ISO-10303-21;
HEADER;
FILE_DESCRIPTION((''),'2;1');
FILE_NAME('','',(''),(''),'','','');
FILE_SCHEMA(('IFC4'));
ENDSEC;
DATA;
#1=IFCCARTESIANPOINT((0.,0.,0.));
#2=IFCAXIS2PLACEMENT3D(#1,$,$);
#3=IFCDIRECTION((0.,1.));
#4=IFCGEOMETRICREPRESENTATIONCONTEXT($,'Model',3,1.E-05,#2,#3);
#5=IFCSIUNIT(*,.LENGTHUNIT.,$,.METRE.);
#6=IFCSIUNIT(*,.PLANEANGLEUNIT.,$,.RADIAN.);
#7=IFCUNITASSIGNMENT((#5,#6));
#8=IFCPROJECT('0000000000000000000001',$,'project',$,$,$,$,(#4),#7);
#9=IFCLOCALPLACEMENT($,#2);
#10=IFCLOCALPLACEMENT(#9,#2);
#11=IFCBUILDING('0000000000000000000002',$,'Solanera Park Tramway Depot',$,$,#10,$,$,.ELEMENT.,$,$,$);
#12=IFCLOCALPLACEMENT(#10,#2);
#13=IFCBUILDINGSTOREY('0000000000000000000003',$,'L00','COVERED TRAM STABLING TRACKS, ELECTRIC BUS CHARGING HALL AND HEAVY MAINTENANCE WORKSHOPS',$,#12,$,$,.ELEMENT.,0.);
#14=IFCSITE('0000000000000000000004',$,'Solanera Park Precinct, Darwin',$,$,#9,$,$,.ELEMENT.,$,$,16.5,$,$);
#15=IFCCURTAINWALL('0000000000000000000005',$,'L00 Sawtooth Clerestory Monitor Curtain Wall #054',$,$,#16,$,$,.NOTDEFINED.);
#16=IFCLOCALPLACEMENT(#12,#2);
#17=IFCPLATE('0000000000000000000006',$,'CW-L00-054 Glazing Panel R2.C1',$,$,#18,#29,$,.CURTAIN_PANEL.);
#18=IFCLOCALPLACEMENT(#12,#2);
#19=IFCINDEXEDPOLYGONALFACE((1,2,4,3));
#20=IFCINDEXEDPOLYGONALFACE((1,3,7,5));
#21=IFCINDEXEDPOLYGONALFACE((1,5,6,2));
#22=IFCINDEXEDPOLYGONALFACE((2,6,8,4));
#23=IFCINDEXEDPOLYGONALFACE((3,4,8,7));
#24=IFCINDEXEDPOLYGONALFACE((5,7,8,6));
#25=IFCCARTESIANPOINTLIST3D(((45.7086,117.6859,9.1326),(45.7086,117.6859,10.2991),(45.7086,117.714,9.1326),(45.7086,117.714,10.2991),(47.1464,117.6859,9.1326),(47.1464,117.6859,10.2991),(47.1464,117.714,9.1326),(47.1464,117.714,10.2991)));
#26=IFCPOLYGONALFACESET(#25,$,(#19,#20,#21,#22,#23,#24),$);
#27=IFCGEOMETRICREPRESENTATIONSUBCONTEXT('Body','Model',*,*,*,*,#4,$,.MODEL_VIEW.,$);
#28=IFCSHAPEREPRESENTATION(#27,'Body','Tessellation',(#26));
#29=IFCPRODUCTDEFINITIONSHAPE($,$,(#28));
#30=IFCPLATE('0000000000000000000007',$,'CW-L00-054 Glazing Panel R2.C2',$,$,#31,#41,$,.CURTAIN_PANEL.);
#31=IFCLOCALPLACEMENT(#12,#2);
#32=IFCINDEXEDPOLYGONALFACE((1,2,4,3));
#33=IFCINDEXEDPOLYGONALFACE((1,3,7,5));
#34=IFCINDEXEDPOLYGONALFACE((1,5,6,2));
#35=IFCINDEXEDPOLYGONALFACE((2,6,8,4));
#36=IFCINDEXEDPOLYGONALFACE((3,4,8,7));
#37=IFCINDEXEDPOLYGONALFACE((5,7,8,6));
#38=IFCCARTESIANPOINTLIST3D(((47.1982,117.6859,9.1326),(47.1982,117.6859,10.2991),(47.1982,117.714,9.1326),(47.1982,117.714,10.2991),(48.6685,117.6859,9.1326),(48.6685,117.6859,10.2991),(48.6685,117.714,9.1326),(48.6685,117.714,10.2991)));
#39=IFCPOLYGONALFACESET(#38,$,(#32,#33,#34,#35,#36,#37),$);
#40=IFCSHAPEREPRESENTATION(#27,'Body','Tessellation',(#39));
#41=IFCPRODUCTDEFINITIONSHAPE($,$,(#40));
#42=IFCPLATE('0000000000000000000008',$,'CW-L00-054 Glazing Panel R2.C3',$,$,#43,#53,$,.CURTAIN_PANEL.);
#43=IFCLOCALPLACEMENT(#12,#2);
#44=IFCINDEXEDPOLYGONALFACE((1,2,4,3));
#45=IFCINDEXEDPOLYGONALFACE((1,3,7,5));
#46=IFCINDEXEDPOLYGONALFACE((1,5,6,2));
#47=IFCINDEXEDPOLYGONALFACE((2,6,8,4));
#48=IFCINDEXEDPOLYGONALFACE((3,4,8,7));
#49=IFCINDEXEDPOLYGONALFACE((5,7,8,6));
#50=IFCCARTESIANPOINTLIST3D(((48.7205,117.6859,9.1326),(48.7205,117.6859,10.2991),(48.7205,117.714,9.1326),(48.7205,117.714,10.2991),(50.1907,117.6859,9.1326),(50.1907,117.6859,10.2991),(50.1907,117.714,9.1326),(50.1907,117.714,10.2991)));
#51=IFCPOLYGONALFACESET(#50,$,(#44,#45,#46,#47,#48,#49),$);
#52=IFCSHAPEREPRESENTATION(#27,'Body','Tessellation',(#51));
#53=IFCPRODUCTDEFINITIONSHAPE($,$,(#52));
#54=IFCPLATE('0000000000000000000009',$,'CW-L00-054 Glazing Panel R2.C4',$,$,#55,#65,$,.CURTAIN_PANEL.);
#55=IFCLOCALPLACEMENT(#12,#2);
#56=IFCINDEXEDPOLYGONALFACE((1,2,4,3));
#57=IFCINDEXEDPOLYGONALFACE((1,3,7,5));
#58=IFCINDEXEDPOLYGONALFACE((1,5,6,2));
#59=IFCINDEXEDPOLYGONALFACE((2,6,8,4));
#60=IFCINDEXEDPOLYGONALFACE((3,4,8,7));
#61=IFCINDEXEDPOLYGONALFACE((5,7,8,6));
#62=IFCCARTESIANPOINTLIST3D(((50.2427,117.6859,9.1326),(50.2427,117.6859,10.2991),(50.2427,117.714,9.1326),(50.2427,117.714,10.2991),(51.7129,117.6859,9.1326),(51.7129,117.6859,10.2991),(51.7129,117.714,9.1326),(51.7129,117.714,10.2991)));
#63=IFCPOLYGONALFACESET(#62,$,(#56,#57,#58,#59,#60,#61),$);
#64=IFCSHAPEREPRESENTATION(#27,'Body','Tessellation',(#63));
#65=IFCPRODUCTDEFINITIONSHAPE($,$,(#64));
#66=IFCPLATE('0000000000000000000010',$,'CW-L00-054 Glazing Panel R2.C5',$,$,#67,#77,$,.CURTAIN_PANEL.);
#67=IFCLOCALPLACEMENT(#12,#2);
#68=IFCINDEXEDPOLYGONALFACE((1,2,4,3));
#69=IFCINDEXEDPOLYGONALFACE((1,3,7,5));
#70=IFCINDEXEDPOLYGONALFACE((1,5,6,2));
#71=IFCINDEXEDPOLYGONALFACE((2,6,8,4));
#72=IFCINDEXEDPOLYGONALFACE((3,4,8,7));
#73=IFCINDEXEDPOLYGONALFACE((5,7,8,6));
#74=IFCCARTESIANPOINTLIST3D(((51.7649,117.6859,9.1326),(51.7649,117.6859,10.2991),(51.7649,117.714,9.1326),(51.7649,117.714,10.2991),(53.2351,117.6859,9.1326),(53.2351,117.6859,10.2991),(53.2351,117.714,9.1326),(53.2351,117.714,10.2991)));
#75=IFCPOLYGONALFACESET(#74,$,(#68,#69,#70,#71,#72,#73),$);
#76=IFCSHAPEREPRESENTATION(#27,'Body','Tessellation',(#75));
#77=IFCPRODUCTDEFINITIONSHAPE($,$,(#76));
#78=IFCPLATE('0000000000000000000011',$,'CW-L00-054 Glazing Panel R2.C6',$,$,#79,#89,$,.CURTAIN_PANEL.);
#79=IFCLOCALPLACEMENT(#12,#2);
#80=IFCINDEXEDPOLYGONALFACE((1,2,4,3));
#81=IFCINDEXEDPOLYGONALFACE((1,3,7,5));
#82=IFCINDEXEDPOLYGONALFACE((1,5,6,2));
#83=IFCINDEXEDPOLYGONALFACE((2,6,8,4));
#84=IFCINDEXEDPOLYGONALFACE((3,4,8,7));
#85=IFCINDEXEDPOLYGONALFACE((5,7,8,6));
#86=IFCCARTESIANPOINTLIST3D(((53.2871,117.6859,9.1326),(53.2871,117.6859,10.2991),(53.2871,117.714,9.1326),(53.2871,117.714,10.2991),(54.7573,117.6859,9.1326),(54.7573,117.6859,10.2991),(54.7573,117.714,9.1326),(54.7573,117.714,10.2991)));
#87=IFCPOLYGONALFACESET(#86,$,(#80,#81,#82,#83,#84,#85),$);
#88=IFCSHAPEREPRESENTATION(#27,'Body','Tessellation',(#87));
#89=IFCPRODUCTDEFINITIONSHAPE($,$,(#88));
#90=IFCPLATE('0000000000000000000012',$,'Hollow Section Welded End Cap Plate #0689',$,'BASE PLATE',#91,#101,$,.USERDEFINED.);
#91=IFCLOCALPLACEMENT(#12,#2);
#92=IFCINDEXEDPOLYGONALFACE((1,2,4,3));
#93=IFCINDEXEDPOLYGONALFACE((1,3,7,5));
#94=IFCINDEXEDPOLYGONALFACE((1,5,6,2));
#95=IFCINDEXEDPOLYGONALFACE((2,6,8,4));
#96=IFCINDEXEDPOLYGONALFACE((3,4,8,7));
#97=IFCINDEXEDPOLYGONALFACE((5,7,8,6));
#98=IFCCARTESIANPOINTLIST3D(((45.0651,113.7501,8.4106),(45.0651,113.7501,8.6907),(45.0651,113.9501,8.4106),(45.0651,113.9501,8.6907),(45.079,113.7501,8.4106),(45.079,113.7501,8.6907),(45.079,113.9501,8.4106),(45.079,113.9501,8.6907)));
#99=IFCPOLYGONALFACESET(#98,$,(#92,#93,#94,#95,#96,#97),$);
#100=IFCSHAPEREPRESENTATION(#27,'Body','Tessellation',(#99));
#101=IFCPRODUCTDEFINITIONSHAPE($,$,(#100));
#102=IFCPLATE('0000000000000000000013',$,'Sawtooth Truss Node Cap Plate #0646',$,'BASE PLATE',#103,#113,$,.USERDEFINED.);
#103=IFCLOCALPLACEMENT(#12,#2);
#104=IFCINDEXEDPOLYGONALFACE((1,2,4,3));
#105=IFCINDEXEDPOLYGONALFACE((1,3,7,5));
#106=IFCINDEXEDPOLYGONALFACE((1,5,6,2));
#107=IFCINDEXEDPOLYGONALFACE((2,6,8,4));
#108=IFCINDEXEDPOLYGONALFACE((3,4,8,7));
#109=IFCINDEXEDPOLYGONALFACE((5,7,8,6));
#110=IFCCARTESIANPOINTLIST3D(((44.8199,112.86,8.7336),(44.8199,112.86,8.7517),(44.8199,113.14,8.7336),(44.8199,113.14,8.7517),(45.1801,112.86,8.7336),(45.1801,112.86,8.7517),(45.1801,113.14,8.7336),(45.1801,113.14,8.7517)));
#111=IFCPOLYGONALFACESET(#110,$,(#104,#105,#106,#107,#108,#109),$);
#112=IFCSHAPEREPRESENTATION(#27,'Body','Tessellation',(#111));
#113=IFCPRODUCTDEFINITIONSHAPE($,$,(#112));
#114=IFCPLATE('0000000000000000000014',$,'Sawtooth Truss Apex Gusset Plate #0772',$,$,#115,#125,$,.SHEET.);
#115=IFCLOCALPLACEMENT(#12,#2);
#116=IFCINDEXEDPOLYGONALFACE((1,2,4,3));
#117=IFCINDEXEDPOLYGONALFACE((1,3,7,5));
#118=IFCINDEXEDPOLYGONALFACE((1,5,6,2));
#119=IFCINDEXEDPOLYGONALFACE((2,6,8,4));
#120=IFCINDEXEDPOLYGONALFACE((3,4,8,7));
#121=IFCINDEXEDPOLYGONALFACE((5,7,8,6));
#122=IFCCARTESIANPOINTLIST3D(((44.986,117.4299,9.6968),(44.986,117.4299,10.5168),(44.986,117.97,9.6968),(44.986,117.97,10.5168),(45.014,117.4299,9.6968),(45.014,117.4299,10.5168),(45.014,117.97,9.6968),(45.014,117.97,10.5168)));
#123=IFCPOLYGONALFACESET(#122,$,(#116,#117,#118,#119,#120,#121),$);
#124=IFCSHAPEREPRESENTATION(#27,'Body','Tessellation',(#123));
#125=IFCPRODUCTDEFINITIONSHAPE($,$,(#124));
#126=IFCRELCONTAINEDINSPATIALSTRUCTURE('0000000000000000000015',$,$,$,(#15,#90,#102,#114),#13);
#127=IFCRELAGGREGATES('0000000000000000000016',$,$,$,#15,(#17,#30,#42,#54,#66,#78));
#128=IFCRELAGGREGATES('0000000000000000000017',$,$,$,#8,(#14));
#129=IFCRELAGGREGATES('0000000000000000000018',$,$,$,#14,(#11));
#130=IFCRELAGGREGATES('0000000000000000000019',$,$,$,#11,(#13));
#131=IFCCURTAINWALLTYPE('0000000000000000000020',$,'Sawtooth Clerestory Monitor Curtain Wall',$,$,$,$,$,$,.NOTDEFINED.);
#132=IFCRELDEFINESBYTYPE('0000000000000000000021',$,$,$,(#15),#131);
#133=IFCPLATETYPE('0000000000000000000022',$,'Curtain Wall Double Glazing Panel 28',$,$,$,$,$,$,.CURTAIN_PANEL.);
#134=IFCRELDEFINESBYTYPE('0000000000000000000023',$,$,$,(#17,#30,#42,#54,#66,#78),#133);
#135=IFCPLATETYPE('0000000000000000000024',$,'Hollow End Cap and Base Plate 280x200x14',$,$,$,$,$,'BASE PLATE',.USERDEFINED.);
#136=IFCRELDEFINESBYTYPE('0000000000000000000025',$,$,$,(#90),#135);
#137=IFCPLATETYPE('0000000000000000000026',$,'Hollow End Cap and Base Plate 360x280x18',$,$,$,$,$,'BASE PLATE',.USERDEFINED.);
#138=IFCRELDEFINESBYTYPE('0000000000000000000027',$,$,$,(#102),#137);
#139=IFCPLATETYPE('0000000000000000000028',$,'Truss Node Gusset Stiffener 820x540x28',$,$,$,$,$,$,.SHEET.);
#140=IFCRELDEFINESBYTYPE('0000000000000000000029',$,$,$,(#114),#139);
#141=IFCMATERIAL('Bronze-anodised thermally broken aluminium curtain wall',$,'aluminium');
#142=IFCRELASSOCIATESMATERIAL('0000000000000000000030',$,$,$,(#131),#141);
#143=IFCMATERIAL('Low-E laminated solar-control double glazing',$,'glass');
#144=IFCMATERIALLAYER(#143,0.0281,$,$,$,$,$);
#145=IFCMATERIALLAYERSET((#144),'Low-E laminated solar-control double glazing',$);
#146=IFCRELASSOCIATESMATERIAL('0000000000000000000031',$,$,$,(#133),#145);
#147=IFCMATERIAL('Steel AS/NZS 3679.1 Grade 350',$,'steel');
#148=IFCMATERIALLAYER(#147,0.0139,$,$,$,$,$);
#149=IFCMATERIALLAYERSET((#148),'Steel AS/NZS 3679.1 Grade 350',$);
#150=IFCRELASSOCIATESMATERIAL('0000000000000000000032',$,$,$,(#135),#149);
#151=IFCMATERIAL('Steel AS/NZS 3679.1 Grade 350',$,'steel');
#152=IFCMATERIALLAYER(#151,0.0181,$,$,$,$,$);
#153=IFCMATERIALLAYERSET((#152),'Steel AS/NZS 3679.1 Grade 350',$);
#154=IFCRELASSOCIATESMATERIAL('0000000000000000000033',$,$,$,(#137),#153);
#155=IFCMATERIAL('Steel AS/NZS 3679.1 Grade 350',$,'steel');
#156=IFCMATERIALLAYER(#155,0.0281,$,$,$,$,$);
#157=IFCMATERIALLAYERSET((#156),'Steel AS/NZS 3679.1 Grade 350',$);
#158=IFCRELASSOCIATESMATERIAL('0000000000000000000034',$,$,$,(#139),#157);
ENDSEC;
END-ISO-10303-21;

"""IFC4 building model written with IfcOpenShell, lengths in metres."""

from ifc_helpers import new_model, si_unit, direction, frame, origin, origin_2d, place, context, subcontext, project, spatial, rectangle, extrude, material, layer, layer_set, type_object, element, aggregate, save


model = new_model("IFC4")

# Units and contexts
model_context = context("Model", 3, precision=1e-05, world=origin(), true_north=direction((0.0, 1.0)))
body_context = subcontext(model_context, "Body", "Model", "MODEL_VIEW")
ifc_project = project(units=[si_unit("LENGTHUNIT", "METRE"), si_unit("PLANEANGLEUNIT", "RADIAN")], contexts=[model_context])

# Site, building, storey
site_placement = place(None, origin())
site = spatial("IfcSite", under=ifc_project, at=site_placement, Name="Solanera Park Precinct, Darwin", CompositionType="ELEMENT", RefElevation=16.5)
building_placement = place(site_placement, origin())
building = spatial("IfcBuilding", under=site, at=building_placement, Name="Solanera Park Tramway Depot", CompositionType="ELEMENT")
storey_placement = place(building_placement, origin())
storey = spatial("IfcBuildingStorey", under=building, at=storey_placement, Name="L00", Description="COVERED TRAM STABLING TRACKS, ELECTRIC BUS CHARGING HALL AND HEAVY MAINTENANCE WORKSHOPS", CompositionType="ELEMENT", Elevation=0.0)

# Curtain wall
ifc_material_1 = material(Name="Bronze-anodised thermally broken aluminium curtain wall", Category="aluminium")
curtain_wall_type = type_object("IfcCurtainWallType", Name="Sawtooth Clerestory Monitor Curtain Wall", PredefinedType="NOTDEFINED", material=ifc_material_1)
curtain_wall_placement = place(storey_placement, origin())
curtain_wall = element("IfcCurtainWall", 1, at=curtain_wall_placement, inside=storey, type_object=curtain_wall_type, Name="L00 Sawtooth Clerestory Monitor Curtain Wall #054", PredefinedType="NOTDEFINED")

# Plates
ifc_material_2 = material(Name="Low-E laminated solar-control double glazing", Category="glass")
ifc_layer_1 = layer(ifc_material_2, 0.0281)
ifc_layer_set_1 = layer_set([ifc_layer_1], Name="Low-E laminated solar-control double glazing")
plate_type_1 = type_object("IfcPlateType", Name="Curtain Wall Double Glazing Panel 28", PredefinedType="CURTAIN_PANEL", material=ifc_layer_set_1)
plate_1_placement = place(storey_placement, frame((46.4275, 117.7, 9.1326), z_axis=(0.0, 0.0, 1.0), x_axis=(1.0, 0.0, 0.0)))
plate_1 = element("IfcPlate", 2, at=plate_1_placement, type_object=plate_type_1, Name="CW-L00-054 Glazing Panel R2.C1", PredefinedType="CURTAIN_PANEL", context=body_context, shape_type="SweptSolid", body=[
    extrude(rectangle(XDim=1.4377, YDim=0.0281, at=origin_2d()), origin(), (0.0, 0.0, 1.0), 1.1665),
])
plate_2_placement = place(storey_placement, frame((47.9333, 117.7, 9.1326), z_axis=(0.0, 0.0, 1.0), x_axis=(1.0, 0.0, 0.0)))
plate_2 = element("IfcPlate", 3, at=plate_2_placement, type_object=plate_type_1, Name="CW-L00-054 Glazing Panel R2.C2", PredefinedType="CURTAIN_PANEL", context=body_context, shape_type="SweptSolid", body=[
    extrude(rectangle(XDim=1.4702, YDim=0.0281, at=origin_2d()), origin(), (0.0, 0.0, 1.0), 1.1665),
])
plate_3_placement = place(storey_placement, frame((49.4556, 117.7, 9.1326), z_axis=(0.0, 0.0, 1.0), x_axis=(1.0, 0.0, 0.0)))
plate_3 = element("IfcPlate", 4, at=plate_3_placement, type_object=plate_type_1, Name="CW-L00-054 Glazing Panel R2.C3", PredefinedType="CURTAIN_PANEL", context=body_context, shape_type="SweptSolid", body=[
    extrude(rectangle(XDim=1.4702, YDim=0.0281, at=origin_2d()), origin(), (0.0, 0.0, 1.0), 1.1665),
])
plate_4_placement = place(storey_placement, frame((50.9778, 117.7, 9.1326), z_axis=(0.0, 0.0, 1.0), x_axis=(1.0, 0.0, 0.0)))
plate_4 = element("IfcPlate", 5, at=plate_4_placement, type_object=plate_type_1, Name="CW-L00-054 Glazing Panel R2.C4", PredefinedType="CURTAIN_PANEL", context=body_context, shape_type="SweptSolid", body=[
    extrude(rectangle(XDim=1.4702, YDim=0.0281, at=origin_2d()), origin(), (0.0, 0.0, 1.0), 1.1665),
])
plate_5_placement = place(storey_placement, frame((52.5, 117.7, 9.1326), z_axis=(0.0, 0.0, 1.0), x_axis=(1.0, 0.0, 0.0)))
plate_5 = element("IfcPlate", 6, at=plate_5_placement, type_object=plate_type_1, Name="CW-L00-054 Glazing Panel R2.C5", PredefinedType="CURTAIN_PANEL", context=body_context, shape_type="SweptSolid", body=[
    extrude(rectangle(XDim=1.4702, YDim=0.0281, at=origin_2d()), origin(), (0.0, 0.0, 1.0), 1.1665),
])
plate_6_placement = place(storey_placement, frame((54.0222, 117.7, 9.1326), z_axis=(0.0, 0.0, 1.0), x_axis=(1.0, 0.0, 0.0)))
plate_6 = element("IfcPlate", 7, at=plate_6_placement, type_object=plate_type_1, Name="CW-L00-054 Glazing Panel R2.C6", PredefinedType="CURTAIN_PANEL", context=body_context, shape_type="SweptSolid", body=[
    extrude(rectangle(XDim=1.4702, YDim=0.0281, at=origin_2d()), origin(), (0.0, 0.0, 1.0), 1.1665),
])
aggregate(curtain_wall, [plate_1, plate_2, plate_3, plate_4, plate_5, plate_6])

# Plates
ifc_material_3 = material(Name="Steel AS/NZS 3679.1 Grade 350", Category="steel")
ifc_layer_2 = layer(ifc_material_3, 0.0139)
ifc_layer_set_2 = layer_set([ifc_layer_2], Name="Steel AS/NZS 3679.1 Grade 350")
plate_type_2 = type_object("IfcPlateType", Name="Hollow End Cap and Base Plate 280x200x14", ElementType="BASE PLATE", PredefinedType="USERDEFINED", material=ifc_layer_set_2)
plate_7_placement = place(storey_placement, frame((45.072, 113.8501, 8.4106), z_axis=(0.0, 0.0, 1.0), x_axis=(1.0, 0.0, 0.0)))
element("IfcPlate", 8, at=plate_7_placement, inside=storey, type_object=plate_type_2, Name="Hollow Section Welded End Cap Plate #0689", ObjectType="BASE PLATE", PredefinedType="USERDEFINED", context=body_context, shape_type="SweptSolid", body=[
    extrude(rectangle(XDim=0.0139, YDim=0.2, at=origin_2d()), origin(), (0.0, 0.0, 1.0), 0.28),
])
ifc_material_4 = material(Name="Steel AS/NZS 3679.1 Grade 350", Category="steel")
ifc_layer_3 = layer(ifc_material_4, 0.0181)
ifc_layer_set_3 = layer_set([ifc_layer_3], Name="Steel AS/NZS 3679.1 Grade 350")
plate_type_3 = type_object("IfcPlateType", Name="Hollow End Cap and Base Plate 360x280x18", ElementType="BASE PLATE", PredefinedType="USERDEFINED", material=ifc_layer_set_3)
plate_8_placement = place(storey_placement, frame((45.0, 113.0, 8.7336), z_axis=(0.0, 0.0, 1.0), x_axis=(1.0, 0.0, 0.0)))
element("IfcPlate", 9, at=plate_8_placement, inside=storey, type_object=plate_type_3, Name="Sawtooth Truss Node Cap Plate #0646", ObjectType="BASE PLATE", PredefinedType="USERDEFINED", context=body_context, shape_type="SweptSolid", body=[
    extrude(rectangle(XDim=0.3601, YDim=0.28, at=origin_2d()), origin(), (0.0, 0.0, 1.0), 0.0181),
])
ifc_material_5 = material(Name="Steel AS/NZS 3679.1 Grade 350", Category="steel")
ifc_layer_4 = layer(ifc_material_5, 0.0281)
ifc_layer_set_4 = layer_set([ifc_layer_4], Name="Steel AS/NZS 3679.1 Grade 350")
plate_type_4 = type_object("IfcPlateType", Name="Truss Node Gusset Stiffener 820x540x28", PredefinedType="SHEET", material=ifc_layer_set_4)
plate_9_placement = place(storey_placement, frame((45.0, 117.7, 9.6968), z_axis=(0.0, 0.0, 1.0), x_axis=(1.0, 0.0, 0.0)))
element("IfcPlate", 10, at=plate_9_placement, inside=storey, type_object=plate_type_4, Name="Sawtooth Truss Apex Gusset Plate #0772", PredefinedType="SHEET", context=body_context, shape_type="SweptSolid", body=[
    extrude(rectangle(XDim=0.0281, YDim=0.54, at=origin_2d()), origin(), (0.0, 0.0, 1.0), 0.8201),
])

save(model, "model.ifc")
